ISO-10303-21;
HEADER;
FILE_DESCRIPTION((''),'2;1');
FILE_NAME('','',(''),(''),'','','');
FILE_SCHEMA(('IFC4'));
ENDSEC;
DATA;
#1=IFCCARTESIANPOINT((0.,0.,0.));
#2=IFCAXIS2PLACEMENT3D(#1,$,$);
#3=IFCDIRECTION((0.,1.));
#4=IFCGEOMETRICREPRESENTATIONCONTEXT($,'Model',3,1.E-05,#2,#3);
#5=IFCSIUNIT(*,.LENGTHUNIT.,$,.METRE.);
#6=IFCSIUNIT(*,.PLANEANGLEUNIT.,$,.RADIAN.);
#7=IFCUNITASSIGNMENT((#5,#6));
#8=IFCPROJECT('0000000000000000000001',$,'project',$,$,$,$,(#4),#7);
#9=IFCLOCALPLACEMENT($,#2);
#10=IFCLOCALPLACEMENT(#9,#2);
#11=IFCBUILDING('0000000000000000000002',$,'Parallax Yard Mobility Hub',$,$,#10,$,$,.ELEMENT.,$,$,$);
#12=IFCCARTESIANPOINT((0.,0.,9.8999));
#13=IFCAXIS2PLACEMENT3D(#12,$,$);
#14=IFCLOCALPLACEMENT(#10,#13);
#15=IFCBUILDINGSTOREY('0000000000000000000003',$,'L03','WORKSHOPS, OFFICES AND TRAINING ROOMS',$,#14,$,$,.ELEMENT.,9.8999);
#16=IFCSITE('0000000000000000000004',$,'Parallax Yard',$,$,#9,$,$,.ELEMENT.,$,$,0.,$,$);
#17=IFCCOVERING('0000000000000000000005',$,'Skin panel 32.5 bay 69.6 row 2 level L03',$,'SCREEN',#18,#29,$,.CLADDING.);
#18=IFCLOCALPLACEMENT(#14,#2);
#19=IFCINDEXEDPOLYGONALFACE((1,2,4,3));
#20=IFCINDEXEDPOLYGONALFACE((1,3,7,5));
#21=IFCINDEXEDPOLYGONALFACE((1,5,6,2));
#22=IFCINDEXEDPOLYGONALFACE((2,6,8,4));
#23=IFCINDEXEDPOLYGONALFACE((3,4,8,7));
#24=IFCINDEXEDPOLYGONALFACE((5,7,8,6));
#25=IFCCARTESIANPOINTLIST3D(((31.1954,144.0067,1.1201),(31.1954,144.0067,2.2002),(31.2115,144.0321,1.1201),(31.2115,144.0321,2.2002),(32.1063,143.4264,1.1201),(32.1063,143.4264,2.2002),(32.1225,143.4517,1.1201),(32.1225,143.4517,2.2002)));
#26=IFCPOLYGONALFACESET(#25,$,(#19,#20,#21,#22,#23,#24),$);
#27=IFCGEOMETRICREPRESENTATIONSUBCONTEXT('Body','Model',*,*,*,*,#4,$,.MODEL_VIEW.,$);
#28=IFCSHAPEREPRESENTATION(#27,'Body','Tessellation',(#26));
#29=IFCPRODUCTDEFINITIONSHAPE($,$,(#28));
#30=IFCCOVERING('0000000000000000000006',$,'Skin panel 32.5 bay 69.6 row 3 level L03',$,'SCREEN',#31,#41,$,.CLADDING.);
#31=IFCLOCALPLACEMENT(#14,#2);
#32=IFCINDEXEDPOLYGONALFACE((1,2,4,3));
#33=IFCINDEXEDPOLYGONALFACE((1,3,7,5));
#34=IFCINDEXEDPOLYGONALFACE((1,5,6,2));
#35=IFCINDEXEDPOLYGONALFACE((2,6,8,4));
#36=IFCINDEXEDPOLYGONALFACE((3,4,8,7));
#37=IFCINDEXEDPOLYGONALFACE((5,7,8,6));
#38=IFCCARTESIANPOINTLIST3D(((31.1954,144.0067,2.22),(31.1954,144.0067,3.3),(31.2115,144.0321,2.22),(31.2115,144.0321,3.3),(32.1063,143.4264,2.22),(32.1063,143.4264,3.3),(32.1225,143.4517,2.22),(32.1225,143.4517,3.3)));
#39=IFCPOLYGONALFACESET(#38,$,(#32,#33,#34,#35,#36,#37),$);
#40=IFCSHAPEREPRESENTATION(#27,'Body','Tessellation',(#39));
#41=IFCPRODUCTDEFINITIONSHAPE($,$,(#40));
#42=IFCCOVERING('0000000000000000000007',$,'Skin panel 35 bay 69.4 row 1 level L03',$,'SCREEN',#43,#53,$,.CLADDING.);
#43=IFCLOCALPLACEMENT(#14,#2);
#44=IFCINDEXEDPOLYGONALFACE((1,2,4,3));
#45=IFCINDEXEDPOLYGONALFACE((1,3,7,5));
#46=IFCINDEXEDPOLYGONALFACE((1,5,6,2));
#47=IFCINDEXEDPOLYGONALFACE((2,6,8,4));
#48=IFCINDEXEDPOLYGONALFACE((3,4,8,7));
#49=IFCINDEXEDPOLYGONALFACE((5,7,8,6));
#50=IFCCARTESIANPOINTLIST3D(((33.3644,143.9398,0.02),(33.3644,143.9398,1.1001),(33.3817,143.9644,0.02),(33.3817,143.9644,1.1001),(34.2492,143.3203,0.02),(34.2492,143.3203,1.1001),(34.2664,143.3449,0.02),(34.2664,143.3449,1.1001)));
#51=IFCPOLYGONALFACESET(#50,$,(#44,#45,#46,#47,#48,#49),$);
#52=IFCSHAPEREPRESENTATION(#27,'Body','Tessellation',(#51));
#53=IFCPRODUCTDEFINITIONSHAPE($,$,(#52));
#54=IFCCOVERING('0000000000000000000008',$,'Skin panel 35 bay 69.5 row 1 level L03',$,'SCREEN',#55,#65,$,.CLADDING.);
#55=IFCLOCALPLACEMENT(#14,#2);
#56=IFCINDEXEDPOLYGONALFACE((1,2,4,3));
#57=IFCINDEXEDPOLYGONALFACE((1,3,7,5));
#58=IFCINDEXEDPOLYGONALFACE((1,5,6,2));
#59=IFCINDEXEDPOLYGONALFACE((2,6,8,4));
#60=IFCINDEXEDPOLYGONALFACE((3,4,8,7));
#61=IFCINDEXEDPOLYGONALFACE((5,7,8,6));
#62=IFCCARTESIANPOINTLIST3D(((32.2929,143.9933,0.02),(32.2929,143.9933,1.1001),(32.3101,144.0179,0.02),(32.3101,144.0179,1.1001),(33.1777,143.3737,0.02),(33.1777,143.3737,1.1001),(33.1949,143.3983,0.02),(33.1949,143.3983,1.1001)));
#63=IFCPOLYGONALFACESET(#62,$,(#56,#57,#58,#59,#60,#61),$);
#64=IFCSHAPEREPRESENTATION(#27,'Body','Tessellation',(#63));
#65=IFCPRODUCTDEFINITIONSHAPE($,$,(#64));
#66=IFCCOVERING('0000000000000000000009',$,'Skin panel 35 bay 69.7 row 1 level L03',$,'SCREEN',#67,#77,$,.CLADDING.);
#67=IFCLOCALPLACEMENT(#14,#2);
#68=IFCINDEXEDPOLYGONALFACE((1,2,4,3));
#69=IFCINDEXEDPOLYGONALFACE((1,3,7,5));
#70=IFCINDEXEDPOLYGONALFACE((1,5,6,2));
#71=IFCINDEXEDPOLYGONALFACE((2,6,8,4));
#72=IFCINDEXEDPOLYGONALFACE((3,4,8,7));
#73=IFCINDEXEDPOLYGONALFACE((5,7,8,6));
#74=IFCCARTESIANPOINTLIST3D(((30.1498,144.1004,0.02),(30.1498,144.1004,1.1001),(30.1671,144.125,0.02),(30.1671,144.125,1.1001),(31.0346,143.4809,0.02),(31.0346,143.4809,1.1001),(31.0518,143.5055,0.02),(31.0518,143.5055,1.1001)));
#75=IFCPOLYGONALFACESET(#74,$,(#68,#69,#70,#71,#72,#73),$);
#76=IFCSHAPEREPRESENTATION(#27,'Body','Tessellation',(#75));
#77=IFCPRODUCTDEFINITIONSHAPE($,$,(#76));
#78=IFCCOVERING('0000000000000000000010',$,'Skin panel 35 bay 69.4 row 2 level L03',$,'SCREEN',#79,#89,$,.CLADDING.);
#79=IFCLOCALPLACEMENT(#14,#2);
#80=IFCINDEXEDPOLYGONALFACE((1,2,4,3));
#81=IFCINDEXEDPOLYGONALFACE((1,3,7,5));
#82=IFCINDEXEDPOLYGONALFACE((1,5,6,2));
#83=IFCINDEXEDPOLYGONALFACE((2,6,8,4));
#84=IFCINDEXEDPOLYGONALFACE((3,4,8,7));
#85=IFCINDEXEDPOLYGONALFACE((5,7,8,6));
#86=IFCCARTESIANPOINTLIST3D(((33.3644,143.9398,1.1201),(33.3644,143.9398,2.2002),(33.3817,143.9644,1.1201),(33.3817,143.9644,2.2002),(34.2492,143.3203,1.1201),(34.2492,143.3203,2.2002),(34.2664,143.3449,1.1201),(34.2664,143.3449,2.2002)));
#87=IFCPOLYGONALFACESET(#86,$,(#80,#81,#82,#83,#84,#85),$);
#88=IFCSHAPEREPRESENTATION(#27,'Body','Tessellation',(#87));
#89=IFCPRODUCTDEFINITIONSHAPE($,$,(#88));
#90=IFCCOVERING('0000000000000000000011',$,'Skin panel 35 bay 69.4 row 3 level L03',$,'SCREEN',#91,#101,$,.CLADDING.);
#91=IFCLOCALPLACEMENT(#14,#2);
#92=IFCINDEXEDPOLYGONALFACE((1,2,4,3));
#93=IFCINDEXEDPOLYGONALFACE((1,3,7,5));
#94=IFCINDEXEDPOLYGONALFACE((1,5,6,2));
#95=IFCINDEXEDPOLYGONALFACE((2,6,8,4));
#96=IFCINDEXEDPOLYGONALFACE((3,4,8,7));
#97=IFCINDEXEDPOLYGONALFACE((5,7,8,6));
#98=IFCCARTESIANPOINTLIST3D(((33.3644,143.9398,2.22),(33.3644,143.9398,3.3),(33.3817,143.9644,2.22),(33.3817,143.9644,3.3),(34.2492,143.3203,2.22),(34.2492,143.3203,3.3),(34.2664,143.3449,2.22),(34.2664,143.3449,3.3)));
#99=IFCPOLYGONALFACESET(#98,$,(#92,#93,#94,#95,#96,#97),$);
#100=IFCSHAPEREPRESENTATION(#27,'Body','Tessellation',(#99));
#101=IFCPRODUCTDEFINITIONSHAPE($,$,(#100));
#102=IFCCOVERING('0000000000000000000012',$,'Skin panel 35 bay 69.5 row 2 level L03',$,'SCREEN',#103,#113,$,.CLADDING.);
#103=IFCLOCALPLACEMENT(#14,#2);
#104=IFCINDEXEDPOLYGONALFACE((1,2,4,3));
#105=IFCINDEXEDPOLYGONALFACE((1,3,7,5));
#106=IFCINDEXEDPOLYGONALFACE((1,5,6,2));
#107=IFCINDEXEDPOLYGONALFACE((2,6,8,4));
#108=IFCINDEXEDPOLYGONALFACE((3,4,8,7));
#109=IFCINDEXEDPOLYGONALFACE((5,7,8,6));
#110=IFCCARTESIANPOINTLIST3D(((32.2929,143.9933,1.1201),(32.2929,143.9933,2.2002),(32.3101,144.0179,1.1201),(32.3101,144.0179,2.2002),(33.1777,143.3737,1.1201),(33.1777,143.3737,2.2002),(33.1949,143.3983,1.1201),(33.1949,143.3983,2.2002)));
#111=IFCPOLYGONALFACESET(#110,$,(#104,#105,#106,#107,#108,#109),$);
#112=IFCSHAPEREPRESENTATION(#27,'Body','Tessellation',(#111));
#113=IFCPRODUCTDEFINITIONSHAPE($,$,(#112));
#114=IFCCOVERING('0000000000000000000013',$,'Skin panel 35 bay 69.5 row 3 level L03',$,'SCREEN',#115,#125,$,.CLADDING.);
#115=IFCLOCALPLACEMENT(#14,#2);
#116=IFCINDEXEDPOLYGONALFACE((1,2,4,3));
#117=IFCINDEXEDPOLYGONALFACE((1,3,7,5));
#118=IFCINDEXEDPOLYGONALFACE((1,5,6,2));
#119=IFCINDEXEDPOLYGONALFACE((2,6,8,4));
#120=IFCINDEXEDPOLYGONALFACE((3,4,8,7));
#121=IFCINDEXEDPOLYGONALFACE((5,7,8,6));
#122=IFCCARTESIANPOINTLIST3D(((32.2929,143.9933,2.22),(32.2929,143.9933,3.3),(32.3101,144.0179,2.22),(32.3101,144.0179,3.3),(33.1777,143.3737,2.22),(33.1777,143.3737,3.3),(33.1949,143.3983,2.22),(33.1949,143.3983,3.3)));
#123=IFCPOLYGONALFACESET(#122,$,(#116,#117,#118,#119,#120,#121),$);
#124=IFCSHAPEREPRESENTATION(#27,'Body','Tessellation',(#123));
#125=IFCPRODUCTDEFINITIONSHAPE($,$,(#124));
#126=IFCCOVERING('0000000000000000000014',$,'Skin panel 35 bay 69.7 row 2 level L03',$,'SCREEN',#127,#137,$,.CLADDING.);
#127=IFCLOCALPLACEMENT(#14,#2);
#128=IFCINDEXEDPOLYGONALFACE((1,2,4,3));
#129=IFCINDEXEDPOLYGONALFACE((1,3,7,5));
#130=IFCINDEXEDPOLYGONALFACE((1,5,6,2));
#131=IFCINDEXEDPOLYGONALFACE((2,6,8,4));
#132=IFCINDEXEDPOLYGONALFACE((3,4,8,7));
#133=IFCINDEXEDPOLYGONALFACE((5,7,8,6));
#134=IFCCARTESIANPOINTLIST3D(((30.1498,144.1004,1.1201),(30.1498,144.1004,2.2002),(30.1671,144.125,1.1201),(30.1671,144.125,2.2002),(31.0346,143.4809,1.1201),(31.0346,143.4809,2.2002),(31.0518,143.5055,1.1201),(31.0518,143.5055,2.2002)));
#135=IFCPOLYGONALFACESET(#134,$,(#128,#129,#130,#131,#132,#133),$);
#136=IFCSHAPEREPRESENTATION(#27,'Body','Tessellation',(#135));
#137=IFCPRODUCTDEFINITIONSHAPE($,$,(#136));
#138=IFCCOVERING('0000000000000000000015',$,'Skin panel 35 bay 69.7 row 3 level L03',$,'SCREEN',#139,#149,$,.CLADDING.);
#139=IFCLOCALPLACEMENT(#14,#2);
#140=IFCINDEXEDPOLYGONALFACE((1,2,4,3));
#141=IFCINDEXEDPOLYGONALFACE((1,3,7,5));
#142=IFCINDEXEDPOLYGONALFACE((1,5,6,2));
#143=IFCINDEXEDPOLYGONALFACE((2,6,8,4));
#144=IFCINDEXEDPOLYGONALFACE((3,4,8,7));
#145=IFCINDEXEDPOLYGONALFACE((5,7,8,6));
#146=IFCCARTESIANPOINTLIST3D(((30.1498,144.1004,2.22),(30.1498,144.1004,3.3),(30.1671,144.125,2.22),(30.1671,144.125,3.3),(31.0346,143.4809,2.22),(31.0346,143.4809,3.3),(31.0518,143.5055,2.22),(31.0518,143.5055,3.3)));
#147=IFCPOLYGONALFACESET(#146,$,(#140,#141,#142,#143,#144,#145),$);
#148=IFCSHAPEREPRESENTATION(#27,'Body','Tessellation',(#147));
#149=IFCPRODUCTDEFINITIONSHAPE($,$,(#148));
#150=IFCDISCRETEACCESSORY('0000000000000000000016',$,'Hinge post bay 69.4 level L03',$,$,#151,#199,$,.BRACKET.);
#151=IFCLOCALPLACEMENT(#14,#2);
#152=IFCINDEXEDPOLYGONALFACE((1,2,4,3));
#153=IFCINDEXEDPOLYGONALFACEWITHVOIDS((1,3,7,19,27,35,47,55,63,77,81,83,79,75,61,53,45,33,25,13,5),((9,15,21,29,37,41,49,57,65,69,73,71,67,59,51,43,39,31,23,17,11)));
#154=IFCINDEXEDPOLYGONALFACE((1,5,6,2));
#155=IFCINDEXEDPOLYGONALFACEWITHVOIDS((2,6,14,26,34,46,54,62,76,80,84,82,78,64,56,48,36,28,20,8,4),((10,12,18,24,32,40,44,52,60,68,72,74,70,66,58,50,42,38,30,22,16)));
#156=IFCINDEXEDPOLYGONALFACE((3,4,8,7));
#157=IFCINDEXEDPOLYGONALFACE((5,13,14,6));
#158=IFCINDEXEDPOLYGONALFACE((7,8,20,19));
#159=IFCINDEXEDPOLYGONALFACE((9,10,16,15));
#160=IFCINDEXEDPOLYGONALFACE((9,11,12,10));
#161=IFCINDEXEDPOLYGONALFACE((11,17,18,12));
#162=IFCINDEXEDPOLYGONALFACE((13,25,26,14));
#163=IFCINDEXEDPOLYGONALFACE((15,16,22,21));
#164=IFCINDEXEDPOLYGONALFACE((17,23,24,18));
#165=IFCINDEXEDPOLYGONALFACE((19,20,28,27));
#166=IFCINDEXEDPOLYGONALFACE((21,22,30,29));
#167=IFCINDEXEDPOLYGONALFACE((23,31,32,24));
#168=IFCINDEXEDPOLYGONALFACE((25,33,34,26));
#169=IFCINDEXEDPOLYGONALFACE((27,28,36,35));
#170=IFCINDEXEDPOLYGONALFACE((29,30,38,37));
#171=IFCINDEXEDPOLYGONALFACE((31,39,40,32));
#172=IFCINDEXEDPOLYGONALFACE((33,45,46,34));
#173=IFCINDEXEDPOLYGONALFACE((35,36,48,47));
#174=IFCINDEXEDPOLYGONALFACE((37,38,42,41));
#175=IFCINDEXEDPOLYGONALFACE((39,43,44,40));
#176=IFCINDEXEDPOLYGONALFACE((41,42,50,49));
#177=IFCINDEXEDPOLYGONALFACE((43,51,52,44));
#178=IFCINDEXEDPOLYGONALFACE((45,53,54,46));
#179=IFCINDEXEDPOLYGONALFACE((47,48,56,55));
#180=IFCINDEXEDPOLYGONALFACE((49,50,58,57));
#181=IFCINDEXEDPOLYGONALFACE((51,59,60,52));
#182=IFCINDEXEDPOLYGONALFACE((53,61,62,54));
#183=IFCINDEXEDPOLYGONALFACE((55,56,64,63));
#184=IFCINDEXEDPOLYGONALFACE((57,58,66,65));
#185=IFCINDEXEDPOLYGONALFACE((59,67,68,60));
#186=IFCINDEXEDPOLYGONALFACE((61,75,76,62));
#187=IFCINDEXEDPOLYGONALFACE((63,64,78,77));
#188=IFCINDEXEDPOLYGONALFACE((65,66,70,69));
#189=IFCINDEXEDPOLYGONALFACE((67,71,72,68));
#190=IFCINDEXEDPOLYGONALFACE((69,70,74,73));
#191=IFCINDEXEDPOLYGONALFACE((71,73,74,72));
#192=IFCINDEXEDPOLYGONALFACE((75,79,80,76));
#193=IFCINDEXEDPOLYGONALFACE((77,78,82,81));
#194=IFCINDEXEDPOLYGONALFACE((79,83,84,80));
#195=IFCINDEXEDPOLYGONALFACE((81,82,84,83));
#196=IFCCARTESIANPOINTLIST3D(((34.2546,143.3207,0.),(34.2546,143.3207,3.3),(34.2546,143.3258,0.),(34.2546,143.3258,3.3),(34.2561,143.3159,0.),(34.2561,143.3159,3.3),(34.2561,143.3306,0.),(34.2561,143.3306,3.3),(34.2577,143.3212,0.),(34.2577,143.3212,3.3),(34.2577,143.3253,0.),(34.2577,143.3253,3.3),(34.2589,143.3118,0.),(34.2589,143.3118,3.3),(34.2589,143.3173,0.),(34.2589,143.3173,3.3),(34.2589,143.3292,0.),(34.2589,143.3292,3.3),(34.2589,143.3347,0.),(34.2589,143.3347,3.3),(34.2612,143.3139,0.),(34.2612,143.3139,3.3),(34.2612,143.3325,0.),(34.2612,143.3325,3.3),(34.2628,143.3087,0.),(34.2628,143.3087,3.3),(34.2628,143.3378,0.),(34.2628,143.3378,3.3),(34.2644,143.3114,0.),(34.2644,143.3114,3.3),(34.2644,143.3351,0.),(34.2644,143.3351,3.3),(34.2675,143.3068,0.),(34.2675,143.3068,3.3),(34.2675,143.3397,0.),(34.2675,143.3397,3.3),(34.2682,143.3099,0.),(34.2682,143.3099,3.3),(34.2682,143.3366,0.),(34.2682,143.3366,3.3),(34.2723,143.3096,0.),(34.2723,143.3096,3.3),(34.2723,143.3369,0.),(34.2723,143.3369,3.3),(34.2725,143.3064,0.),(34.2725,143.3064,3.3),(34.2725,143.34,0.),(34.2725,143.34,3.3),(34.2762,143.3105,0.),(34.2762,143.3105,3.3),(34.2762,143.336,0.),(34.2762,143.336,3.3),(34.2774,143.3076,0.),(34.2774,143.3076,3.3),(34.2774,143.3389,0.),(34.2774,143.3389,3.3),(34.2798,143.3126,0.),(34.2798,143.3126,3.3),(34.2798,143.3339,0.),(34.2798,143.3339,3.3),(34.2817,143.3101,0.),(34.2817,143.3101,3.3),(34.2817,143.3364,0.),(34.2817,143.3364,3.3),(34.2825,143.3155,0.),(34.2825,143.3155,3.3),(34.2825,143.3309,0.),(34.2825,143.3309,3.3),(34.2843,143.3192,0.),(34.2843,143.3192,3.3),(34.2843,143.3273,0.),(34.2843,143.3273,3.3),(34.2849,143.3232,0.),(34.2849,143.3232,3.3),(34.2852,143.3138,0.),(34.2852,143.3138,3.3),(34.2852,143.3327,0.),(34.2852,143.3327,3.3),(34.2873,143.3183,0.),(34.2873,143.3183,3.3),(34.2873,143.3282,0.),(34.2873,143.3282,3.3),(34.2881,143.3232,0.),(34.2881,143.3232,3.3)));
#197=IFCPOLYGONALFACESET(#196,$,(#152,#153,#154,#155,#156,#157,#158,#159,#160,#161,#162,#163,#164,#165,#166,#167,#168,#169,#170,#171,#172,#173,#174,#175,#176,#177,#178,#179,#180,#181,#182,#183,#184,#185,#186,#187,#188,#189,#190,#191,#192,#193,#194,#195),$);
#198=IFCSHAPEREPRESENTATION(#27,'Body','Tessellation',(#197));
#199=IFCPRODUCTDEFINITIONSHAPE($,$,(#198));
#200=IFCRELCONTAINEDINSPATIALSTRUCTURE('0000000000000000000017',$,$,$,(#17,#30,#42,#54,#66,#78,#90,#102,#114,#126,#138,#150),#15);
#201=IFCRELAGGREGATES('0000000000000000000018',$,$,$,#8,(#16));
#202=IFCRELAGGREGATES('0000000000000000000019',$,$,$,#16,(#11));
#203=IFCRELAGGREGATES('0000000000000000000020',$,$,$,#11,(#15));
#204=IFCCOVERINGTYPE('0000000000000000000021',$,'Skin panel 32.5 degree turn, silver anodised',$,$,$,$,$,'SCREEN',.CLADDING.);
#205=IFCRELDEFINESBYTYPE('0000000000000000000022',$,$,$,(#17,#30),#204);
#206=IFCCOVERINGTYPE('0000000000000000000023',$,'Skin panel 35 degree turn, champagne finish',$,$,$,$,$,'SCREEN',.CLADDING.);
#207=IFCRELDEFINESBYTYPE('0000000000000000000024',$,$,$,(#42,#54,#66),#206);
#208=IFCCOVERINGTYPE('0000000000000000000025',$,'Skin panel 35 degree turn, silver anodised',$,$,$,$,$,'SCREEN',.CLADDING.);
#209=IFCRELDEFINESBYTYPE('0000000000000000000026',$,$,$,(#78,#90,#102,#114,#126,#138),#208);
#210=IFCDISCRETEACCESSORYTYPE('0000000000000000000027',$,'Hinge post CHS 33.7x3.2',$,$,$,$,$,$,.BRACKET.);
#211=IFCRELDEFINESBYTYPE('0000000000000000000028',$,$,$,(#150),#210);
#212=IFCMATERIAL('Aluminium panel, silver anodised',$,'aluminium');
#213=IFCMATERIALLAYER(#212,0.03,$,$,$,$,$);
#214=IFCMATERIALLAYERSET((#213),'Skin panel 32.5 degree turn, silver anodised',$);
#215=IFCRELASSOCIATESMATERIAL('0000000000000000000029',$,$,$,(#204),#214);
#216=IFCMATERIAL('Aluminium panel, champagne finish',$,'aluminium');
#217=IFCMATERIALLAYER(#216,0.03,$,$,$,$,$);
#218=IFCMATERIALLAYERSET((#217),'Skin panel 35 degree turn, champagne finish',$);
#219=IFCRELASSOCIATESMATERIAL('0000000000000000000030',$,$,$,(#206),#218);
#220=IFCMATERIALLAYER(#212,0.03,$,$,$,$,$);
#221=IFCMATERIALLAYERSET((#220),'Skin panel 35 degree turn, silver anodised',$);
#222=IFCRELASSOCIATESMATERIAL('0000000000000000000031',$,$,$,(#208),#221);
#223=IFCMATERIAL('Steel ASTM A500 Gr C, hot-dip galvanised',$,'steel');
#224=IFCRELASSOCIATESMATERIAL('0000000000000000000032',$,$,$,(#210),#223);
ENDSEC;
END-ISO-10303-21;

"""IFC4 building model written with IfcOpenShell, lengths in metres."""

from ifc_helpers import new_model, si_unit, direction, frame, origin, origin_2d, place, context, subcontext, project, spatial, rectangle, hollow_circle, extrude, material, layer, layer_set, material_profile, profile_set, type_object, element, save


model = new_model("IFC4")

# Units and contexts
model_context = context("Model", 3, precision=1e-05, world=origin(), true_north=direction((0.0, 1.0)))
body_context = subcontext(model_context, "Body", "Model", "MODEL_VIEW")
ifc_project = project(units=[si_unit("LENGTHUNIT", "METRE"), si_unit("PLANEANGLEUNIT", "RADIAN")], contexts=[model_context])

# Site, building, storey
site_placement = place(None, origin())
site = spatial("IfcSite", under=ifc_project, at=site_placement, Name="Parallax Yard", CompositionType="ELEMENT", RefElevation=0.0)
building_placement = place(site_placement, origin())
building = spatial("IfcBuilding", under=site, at=building_placement, Name="Parallax Yard Mobility Hub", CompositionType="ELEMENT")
storey_placement = place(building_placement, frame((0.0, 0.0, 9.8999)))
storey = spatial("IfcBuildingStorey", under=building, at=storey_placement, Name="L03", Description="WORKSHOPS, OFFICES AND TRAINING ROOMS", CompositionType="ELEMENT", Elevation=9.8999)

# Coverings
ifc_material_1 = material(Name="Aluminium panel, champagne finish", Category="aluminium")
ifc_material_2 = material(Name="Aluminium panel, silver anodised", Category="aluminium")
ifc_layer_1 = layer(ifc_material_2, 0.03)
ifc_layer_set_1 = layer_set([ifc_layer_1], Name="Skin panel 32.5 degree turn, silver anodised")
covering_type_1 = type_object("IfcCoveringType", Name="Skin panel 32.5 degree turn, silver anodised", ElementType="SCREEN", PredefinedType="CLADDING", material=ifc_layer_set_1)
for number, where, z_axis, x_axis, name in (
    (1, (31.6589, 143.7292, 1.1201), (0.0, 0.0, 1.0), (-0.843391, 0.5373, 0.0), "Skin panel 32.5 bay 69.6 row 2 level L03"),
    (2, (31.6589, 143.7292, 2.22), (0.0, 0.0, 1.0), (-0.843391, 0.5373, 0.0), "Skin panel 32.5 bay 69.6 row 3 level L03"),
):
    element("IfcCovering", number, at=place(storey_placement, frame(where, z_axis=z_axis, x_axis=x_axis)), inside=storey, type_object=covering_type_1, Name=name, ObjectType="SCREEN", PredefinedType="CLADDING", context=body_context, shape_type="SweptSolid", body=[
        extrude(rectangle(XDim=1.0801, YDim=0.03, at=origin_2d()), origin(), (0.0, 0.0, 1.0), 1.0801),
    ])
ifc_layer_2 = layer(ifc_material_1, 0.03)
ifc_layer_set_2 = layer_set([ifc_layer_2], Name="Skin panel 35 degree turn, champagne finish")
covering_type_2 = type_object("IfcCoveringType", Name="Skin panel 35 degree turn, champagne finish", ElementType="SCREEN", PredefinedType="CLADDING", material=ifc_layer_set_2)
for number, where, z_axis, x_axis, name in (
    (3, (33.8154, 143.6423, 0.02), (0.0, 0.0, 1.0), (-0.819152, 0.573576, 0.0), "Skin panel 35 bay 69.4 row 1 level L03"),
    (4, (32.7439, 143.6958, 0.02), (0.0, 0.0, 1.0), (-0.819152, 0.573576, 0.0), "Skin panel 35 bay 69.5 row 1 level L03"),
    (5, (30.6008, 143.803, 0.02), (0.0, 0.0, 1.0), (-0.819152, 0.573576, 0.0), "Skin panel 35 bay 69.7 row 1 level L03"),
):
    element("IfcCovering", number, at=place(storey_placement, frame(where, z_axis=z_axis, x_axis=x_axis)), inside=storey, type_object=covering_type_2, Name=name, ObjectType="SCREEN", PredefinedType="CLADDING", context=body_context, shape_type="SweptSolid", body=[
        extrude(rectangle(XDim=1.0801, YDim=0.03, at=origin_2d()), origin(), (0.0, 0.0, 1.0), 1.0801),
    ])
ifc_layer_3 = layer(ifc_material_2, 0.03)
ifc_layer_set_3 = layer_set([ifc_layer_3], Name="Skin panel 35 degree turn, silver anodised")
covering_type_3 = type_object("IfcCoveringType", Name="Skin panel 35 degree turn, silver anodised", ElementType="SCREEN", PredefinedType="CLADDING", material=ifc_layer_set_3)
for number, where, z_axis, x_axis, name in (
    (6, (33.8154, 143.6423, 1.1201), (0.0, 0.0, 1.0), (-0.819152, 0.573576, 0.0), "Skin panel 35 bay 69.4 row 2 level L03"),
    (7, (33.8154, 143.6423, 2.22), (0.0, 0.0, 1.0), (-0.819152, 0.573576, 0.0), "Skin panel 35 bay 69.4 row 3 level L03"),
    (8, (32.7439, 143.6958, 1.1201), (0.0, 0.0, 1.0), (-0.819152, 0.573576, 0.0), "Skin panel 35 bay 69.5 row 2 level L03"),
    (9, (32.7439, 143.6958, 2.22), (0.0, 0.0, 1.0), (-0.819152, 0.573576, 0.0), "Skin panel 35 bay 69.5 row 3 level L03"),
    (10, (30.6008, 143.803, 1.1201), (0.0, 0.0, 1.0), (-0.819152, 0.573576, 0.0), "Skin panel 35 bay 69.7 row 2 level L03"),
    (11, (30.6008, 143.803, 2.22), (0.0, 0.0, 1.0), (-0.819152, 0.573576, 0.0), "Skin panel 35 bay 69.7 row 3 level L03"),
):
    element("IfcCovering", number, at=place(storey_placement, frame(where, z_axis=z_axis, x_axis=x_axis)), inside=storey, type_object=covering_type_3, Name=name, ObjectType="SCREEN", PredefinedType="CLADDING", context=body_context, shape_type="SweptSolid", body=[
        extrude(rectangle(XDim=1.0801, YDim=0.03, at=origin_2d()), origin(), (0.0, 0.0, 1.0), 1.0801),
    ])

# Discrete accessory
ifc_material_3 = material(Name="Steel ASTM A500 Gr C, hot-dip galvanised", Category="steel")
ifc_material_profile = material_profile(ifc_material_3, hollow_circle(Radius=0.0168, WallThickness=0.0032, at=origin_2d()), Name="CHS 33.7x3.2")
ifc_profile_set = profile_set([ifc_material_profile], Name="Steel ASTM A500 Gr C, hot-dip galvanised")
discrete_accessory_type = type_object("IfcDiscreteAccessoryType", Name="Hinge post CHS 33.7x3.2", PredefinedType="BRACKET", material=ifc_profile_set)
for number, where, z_axis, x_axis, name in (
    (12, (34.2712, 143.3232, 0.0), (0.0, 0.0, 1.0), (1.0, 0.0, 0.0), "Hinge post bay 69.4 level L03"),
):
    element("IfcDiscreteAccessory", number, at=place(storey_placement, frame(where, z_axis=z_axis, x_axis=x_axis)), inside=storey, type_object=discrete_accessory_type, Name=name, PredefinedType="BRACKET", context=body_context, shape_type="SweptSolid", body=[
        extrude(hollow_circle(Radius=0.0168, WallThickness=0.0032, at=origin_2d()), origin(), (0.0, 0.0, 1.0), 3.3),
    ])

save(model, "model.ifc")
